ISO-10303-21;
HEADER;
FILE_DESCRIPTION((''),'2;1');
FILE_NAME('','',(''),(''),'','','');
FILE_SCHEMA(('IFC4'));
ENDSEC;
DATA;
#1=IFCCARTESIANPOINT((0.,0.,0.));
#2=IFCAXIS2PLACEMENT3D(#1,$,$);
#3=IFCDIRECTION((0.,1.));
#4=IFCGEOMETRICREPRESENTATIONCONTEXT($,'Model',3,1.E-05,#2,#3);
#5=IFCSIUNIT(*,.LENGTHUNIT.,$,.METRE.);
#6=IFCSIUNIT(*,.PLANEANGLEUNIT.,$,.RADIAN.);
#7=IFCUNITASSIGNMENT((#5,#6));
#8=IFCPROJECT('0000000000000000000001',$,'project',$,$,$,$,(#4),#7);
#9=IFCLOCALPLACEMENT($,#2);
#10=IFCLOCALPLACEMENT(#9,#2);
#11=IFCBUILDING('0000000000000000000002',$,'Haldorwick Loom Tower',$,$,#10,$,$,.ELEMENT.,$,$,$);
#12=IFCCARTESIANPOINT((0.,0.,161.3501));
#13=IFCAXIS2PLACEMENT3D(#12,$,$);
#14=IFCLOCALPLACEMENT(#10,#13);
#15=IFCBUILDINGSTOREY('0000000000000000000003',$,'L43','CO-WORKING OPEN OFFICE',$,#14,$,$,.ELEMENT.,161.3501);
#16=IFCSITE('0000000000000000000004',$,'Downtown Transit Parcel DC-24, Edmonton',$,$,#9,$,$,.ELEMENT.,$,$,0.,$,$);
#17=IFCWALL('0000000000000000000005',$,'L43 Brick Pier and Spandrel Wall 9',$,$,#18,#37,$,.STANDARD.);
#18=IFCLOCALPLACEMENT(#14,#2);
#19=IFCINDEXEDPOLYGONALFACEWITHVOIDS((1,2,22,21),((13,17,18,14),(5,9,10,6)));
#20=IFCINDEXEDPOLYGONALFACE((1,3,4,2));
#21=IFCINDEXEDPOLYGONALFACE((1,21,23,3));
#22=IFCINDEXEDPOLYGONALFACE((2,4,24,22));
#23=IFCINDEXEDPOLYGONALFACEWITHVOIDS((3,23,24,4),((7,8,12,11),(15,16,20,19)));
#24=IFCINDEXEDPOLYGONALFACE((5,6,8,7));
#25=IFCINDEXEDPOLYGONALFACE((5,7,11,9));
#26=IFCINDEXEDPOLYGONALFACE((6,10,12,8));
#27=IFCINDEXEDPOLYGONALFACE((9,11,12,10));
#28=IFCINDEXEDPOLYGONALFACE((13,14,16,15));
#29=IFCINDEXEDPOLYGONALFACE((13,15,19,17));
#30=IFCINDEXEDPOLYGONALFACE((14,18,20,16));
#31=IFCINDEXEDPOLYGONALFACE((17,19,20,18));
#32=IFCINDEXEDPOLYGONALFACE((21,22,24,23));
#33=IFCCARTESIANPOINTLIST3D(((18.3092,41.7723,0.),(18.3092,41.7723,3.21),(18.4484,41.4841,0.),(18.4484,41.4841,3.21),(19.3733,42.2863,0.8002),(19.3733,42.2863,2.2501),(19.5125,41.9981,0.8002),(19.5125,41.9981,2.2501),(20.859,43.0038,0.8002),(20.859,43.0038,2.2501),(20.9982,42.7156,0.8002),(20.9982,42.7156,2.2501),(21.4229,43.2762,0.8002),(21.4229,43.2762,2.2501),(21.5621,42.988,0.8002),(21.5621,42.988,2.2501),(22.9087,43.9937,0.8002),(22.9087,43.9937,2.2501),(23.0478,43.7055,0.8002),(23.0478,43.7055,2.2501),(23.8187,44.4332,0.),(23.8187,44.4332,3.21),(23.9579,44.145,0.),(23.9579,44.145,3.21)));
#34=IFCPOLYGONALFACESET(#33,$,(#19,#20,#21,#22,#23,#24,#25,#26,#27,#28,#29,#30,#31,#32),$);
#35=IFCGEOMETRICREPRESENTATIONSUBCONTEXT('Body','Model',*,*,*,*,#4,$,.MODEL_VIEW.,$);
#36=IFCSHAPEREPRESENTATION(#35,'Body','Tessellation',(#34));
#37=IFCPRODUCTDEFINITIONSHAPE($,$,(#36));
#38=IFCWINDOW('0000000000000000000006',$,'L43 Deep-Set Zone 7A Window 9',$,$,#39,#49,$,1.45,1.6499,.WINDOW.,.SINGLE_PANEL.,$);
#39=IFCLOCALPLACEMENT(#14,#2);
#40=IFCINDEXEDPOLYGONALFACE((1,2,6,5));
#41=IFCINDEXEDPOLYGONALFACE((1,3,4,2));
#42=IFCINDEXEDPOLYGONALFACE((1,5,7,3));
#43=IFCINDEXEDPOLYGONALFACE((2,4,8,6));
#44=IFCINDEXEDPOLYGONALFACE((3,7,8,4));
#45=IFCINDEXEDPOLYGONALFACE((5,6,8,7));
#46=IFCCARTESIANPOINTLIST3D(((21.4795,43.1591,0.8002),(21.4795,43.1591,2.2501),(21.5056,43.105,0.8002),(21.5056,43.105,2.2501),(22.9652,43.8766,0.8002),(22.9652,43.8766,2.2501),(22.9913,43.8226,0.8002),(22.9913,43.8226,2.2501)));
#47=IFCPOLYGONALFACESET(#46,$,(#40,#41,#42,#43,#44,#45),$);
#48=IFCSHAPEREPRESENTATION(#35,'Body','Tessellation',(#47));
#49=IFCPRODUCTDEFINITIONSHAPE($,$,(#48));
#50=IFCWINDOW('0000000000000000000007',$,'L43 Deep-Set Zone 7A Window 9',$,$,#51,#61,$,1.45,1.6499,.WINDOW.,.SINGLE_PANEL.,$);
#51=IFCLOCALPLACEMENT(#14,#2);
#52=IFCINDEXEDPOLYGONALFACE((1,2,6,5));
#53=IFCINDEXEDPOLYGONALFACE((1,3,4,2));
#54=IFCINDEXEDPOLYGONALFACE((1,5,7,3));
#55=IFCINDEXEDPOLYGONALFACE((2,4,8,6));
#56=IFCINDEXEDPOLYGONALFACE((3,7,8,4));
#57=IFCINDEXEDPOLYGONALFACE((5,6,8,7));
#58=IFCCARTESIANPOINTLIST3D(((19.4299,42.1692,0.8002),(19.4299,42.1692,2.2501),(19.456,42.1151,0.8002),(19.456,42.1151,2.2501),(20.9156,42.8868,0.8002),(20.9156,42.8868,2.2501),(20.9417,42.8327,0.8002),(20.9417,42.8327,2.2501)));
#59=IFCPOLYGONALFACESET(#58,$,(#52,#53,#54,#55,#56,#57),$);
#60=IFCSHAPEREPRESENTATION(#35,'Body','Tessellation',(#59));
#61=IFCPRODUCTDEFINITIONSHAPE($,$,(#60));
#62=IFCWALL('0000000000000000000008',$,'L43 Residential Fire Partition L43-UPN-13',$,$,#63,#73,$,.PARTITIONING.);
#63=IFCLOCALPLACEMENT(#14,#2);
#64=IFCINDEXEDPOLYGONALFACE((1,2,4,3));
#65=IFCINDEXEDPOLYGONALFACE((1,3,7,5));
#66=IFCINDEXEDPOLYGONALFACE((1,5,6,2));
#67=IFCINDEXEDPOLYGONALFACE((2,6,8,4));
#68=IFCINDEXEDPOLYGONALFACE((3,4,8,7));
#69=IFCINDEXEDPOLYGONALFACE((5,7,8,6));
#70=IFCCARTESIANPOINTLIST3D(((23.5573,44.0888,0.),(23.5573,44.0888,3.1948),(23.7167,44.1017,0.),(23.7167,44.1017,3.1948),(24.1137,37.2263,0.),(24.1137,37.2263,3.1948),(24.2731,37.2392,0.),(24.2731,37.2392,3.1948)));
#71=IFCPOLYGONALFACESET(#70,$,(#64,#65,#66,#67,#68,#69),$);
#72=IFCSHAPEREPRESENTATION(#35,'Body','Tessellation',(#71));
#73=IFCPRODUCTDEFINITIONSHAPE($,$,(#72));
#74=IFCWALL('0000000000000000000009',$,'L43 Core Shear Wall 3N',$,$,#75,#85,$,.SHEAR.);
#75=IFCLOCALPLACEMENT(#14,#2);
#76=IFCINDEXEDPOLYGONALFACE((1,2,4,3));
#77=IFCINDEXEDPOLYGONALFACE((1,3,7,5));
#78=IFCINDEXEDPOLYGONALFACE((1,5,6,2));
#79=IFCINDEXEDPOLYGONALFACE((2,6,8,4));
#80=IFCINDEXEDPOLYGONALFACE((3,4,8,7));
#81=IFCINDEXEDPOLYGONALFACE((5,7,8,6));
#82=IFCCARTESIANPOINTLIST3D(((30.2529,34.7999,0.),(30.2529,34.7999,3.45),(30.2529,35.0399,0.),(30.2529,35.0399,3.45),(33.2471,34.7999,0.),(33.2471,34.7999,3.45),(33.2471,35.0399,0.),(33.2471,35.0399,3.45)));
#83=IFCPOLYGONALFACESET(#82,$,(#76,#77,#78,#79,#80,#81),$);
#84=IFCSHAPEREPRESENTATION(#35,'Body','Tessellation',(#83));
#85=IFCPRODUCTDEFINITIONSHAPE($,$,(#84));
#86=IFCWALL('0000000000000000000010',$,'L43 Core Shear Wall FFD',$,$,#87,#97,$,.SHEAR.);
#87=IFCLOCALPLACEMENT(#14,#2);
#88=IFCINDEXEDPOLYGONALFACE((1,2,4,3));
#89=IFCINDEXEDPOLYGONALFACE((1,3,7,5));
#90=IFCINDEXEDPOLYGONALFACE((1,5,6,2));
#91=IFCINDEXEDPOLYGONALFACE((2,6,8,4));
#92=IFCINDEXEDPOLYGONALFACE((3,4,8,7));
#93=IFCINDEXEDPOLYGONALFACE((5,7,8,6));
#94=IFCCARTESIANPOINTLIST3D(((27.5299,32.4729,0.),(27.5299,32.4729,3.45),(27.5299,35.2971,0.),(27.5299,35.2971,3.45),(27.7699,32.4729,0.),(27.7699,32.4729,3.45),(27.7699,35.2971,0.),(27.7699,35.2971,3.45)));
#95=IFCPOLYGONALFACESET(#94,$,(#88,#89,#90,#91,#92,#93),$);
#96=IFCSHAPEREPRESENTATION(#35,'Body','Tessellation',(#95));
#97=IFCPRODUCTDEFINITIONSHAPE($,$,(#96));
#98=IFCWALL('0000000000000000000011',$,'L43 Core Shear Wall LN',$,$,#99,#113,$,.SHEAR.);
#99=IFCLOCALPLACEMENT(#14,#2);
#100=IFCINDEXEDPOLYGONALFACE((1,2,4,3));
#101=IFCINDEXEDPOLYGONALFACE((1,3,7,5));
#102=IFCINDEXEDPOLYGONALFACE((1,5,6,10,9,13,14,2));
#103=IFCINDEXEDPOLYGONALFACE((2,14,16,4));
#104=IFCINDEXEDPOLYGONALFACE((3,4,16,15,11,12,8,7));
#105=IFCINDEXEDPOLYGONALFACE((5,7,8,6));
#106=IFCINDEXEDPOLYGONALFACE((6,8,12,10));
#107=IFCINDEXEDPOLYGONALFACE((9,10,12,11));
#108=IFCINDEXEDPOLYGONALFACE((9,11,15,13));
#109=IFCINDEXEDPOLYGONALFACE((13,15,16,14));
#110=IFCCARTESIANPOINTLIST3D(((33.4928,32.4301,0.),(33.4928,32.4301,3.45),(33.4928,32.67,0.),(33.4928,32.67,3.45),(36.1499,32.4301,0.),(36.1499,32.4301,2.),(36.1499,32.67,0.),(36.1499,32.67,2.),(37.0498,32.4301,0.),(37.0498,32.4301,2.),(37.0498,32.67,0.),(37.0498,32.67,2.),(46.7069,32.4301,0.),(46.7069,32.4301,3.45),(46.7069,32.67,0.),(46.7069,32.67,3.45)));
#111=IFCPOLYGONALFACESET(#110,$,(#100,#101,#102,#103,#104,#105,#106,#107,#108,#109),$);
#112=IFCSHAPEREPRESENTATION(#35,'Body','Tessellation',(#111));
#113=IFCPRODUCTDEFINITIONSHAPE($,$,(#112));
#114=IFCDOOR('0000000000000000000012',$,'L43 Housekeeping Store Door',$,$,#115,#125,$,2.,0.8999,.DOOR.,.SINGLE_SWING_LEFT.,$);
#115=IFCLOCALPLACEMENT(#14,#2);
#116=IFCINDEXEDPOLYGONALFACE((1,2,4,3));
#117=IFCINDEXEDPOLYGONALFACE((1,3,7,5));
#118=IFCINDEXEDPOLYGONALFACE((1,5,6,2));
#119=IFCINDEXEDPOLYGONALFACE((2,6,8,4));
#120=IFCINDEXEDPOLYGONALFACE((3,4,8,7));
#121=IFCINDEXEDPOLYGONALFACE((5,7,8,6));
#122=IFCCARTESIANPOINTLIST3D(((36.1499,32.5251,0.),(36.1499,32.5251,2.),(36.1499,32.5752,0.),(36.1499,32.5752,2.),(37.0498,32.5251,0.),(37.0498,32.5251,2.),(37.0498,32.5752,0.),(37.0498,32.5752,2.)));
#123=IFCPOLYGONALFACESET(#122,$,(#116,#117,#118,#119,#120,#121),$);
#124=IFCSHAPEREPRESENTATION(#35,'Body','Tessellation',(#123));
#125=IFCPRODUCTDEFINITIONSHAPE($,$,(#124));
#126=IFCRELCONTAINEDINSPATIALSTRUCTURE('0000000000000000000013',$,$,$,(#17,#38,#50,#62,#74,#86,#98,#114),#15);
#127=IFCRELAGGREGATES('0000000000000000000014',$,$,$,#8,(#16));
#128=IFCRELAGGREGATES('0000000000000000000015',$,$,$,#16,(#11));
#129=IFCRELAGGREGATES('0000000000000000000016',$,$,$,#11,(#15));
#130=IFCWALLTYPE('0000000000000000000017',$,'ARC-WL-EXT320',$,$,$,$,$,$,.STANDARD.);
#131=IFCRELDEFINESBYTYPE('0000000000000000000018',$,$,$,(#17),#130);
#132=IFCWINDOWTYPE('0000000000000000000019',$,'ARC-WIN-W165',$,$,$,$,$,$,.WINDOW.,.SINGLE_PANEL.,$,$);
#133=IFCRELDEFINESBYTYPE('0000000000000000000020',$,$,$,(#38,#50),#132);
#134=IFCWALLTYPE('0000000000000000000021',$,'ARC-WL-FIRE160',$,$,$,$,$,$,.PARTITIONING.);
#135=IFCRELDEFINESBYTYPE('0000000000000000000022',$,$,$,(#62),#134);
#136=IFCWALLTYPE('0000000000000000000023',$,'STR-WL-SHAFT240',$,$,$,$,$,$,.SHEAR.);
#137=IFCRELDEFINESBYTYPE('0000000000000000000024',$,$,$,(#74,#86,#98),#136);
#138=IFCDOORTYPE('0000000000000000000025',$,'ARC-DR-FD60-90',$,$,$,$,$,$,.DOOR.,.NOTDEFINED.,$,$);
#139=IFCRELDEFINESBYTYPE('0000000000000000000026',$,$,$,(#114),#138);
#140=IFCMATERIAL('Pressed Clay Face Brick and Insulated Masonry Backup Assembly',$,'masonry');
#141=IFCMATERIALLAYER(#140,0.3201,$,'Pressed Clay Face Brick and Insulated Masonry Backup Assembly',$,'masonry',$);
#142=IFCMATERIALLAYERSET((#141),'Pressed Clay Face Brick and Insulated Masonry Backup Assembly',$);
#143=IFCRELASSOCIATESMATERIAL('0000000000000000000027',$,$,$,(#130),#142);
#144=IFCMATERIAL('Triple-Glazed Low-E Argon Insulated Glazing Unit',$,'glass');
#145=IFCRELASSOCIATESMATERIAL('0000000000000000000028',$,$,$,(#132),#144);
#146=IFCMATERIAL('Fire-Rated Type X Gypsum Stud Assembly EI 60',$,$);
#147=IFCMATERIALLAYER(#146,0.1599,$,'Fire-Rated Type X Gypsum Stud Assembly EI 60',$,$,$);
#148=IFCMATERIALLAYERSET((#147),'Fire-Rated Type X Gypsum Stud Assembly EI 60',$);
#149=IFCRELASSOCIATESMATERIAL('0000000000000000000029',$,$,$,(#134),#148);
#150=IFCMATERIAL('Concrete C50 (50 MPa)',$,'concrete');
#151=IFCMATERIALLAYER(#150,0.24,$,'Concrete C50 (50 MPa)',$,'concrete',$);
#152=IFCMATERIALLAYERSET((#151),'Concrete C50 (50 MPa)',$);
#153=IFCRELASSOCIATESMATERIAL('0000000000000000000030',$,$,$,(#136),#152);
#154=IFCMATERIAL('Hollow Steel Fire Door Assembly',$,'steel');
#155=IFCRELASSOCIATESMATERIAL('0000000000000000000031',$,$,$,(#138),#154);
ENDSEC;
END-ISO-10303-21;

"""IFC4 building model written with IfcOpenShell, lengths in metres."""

from ifc_helpers import new_model, si_unit, direction, frame, frame_2d, origin, place, context, subcontext, project, spatial, rectangle, extrude, material, layer, layer_set, type_object, element, fill, save


model = new_model("IFC4")

# Units and contexts
model_context = context("Model", 3, precision=1e-05, world=origin(), true_north=direction((0.0, 1.0)))
body_context = subcontext(model_context, "Body", "Model", "MODEL_VIEW")
ifc_project = project(units=[si_unit("LENGTHUNIT", "METRE"), si_unit("PLANEANGLEUNIT", "RADIAN")], contexts=[model_context])

# Site, building, storey
site_placement = place(None, origin())
site = spatial("IfcSite", under=ifc_project, at=site_placement, Name="Downtown Transit Parcel DC-24, Edmonton", CompositionType="ELEMENT", RefElevation=0.0)
building_placement = place(site_placement, origin())
building = spatial("IfcBuilding", under=site, at=building_placement, Name="Haldorwick Loom Tower", CompositionType="ELEMENT")
storey_placement = place(building_placement, frame((0.0, 0.0, 161.3501)))
storey = spatial("IfcBuildingStorey", under=building, at=storey_placement, Name="L43", Description="CO-WORKING OPEN OFFICE", CompositionType="ELEMENT", Elevation=161.3501)

# Shared definitions
ifc_material_1 = material(Name="Pressed Clay Face Brick and Insulated Masonry Backup Assembly", Category="masonry")
ifc_layer_1 = layer(ifc_material_1, 0.3201, Name="Pressed Clay Face Brick and Insulated Masonry Backup Assembly", Category="masonry")
ifc_layer_set_1 = layer_set([ifc_layer_1], Name="Pressed Clay Face Brick and Insulated Masonry Backup Assembly")
wall_type_1 = type_object("IfcWallType", Name="ARC-WL-EXT320", PredefinedType="STANDARD", material=ifc_layer_set_1)

# Wall, openings, windows
wall_1_placement = place(storey_placement, frame((23.8882, 44.2891, 0.0), z_axis=(0.0, 0.0, 1.0), x_axis=(-0.90048, -0.434897, 0.0)))
wall_1 = element("IfcWall", 1, at=wall_1_placement, inside=storey, type_object=wall_type_1, Name="L43 Brick Pier and Spandrel Wall 9", PredefinedType="STANDARD", context=body_context, shape_type="SweptSolid", body=[
    extrude(rectangle(XDim=6.1184, YDim=0.3201, at=frame_2d((3.0591, 0.0))), origin(), (0.0, 0.0, 1.0), 3.21),
])
opening_1_placement = place(wall_1_placement, frame((1.0105, 0.0, 0.8)))
opening_1 = element("IfcOpeningElement", 2, at=opening_1_placement, cuts=wall_1, PredefinedType="OPENING", context=body_context, shape_type="SweptSolid", body=[
    extrude(rectangle(XDim=1.6499, YDim=1.45, at=frame_2d((0.825, 0.7251))), frame((0.0, 0.1699, 0.0), z_axis=(0.0, -1.0, 0.0), x_axis=(1.0, 0.0, 0.0)), (0.0, 0.0, 1.0), 0.3401),
])
opening_2_placement = place(wall_1_placement, frame((3.2866, 0.0, 0.8)))
opening_2 = element("IfcOpeningElement", 3, at=opening_2_placement, cuts=wall_1, PredefinedType="OPENING", context=body_context, shape_type="SweptSolid", body=[
    extrude(rectangle(XDim=1.6499, YDim=1.45, at=frame_2d((0.825, 0.7251))), frame((0.0, 0.1699, 0.0), z_axis=(0.0, -1.0, 0.0), x_axis=(1.0, 0.0, 0.0)), (0.0, 0.0, 1.0), 0.3401),
])
ifc_material_2 = material(Name="Triple-Glazed Low-E Argon Insulated Glazing Unit", Category="glass")
window_type = type_object("IfcWindowType", Name="ARC-WIN-W165", PartitioningType="SINGLE_PANEL", PredefinedType="WINDOW", material=ifc_material_2)
window_1_placement = place(opening_1_placement, origin())
window_1 = element("IfcWindow", 4, at=window_1_placement, inside=storey, type_object=window_type, Name="L43 Deep-Set Zone 7A Window 9", OverallHeight=1.45, OverallWidth=1.6499, PartitioningType="SINGLE_PANEL", PredefinedType="WINDOW", context=body_context, shape_type="SweptSolid", body=[
    extrude(rectangle(XDim=1.6499, YDim=1.45, at=frame_2d((0.825, 0.7251))), frame((0.0, 0.03, 0.0), z_axis=(0.0, -1.0, 0.0), x_axis=(1.0, 0.0, 0.0)), (0.0, 0.0, 1.0), 0.0601),
])
fill(opening_1, window_1)
window_2_placement = place(opening_2_placement, origin())
window_2 = element("IfcWindow", 5, at=window_2_placement, inside=storey, type_object=window_type, Name="L43 Deep-Set Zone 7A Window 9", OverallHeight=1.45, OverallWidth=1.6499, PartitioningType="SINGLE_PANEL", PredefinedType="WINDOW", context=body_context, shape_type="SweptSolid", body=[
    extrude(rectangle(XDim=1.6499, YDim=1.45, at=frame_2d((0.825, 0.7251))), frame((0.0, 0.03, 0.0), z_axis=(0.0, -1.0, 0.0), x_axis=(1.0, 0.0, 0.0)), (0.0, 0.0, 1.0), 0.0601),
])
fill(opening_2, window_2)

# Walls
ifc_material_3 = material(Name="Fire-Rated Type X Gypsum Stud Assembly EI 60")
ifc_layer_2 = layer(ifc_material_3, 0.1599, Name="Fire-Rated Type X Gypsum Stud Assembly EI 60")
ifc_layer_set_2 = layer_set([ifc_layer_2], Name="Fire-Rated Type X Gypsum Stud Assembly EI 60")
wall_type_2 = type_object("IfcWallType", Name="ARC-WL-FIRE160", PredefinedType="PARTITIONING", material=ifc_layer_set_2)
wall_2_placement = place(storey_placement, frame((24.1934, 37.2329, 0.0), z_axis=(0.0, 0.0, 1.0), x_axis=(-0.080812, 0.996729, 0.0)))
element("IfcWall", 6, at=wall_2_placement, inside=storey, type_object=wall_type_2, Name="L43 Residential Fire Partition L43-UPN-13", PredefinedType="PARTITIONING", context=body_context, shape_type="SweptSolid", body=[
    extrude(rectangle(XDim=6.885, YDim=0.1599, at=frame_2d((3.4424, 0.0))), origin(), (0.0, 0.0, 1.0), 3.1948),
])
ifc_material_4 = material(Name="Concrete C50 (50 MPa)", Category="concrete")
ifc_layer_3 = layer(ifc_material_4, 0.24, Name="Concrete C50 (50 MPa)", Category="concrete")
ifc_layer_set_3 = layer_set([ifc_layer_3], Name="Concrete C50 (50 MPa)")
wall_type_3 = type_object("IfcWallType", Name="STR-WL-SHAFT240", PredefinedType="SHEAR", material=ifc_layer_set_3)
wall_3_placement = place(storey_placement, frame((30.2529, 34.9199, 0.0), z_axis=(0.0, 0.0, 1.0), x_axis=(1.0, 0.0, 0.0)))
element("IfcWall", 7, at=wall_3_placement, inside=storey, type_object=wall_type_3, Name="L43 Core Shear Wall 3N", PredefinedType="SHEAR", context=body_context, shape_type="SweptSolid", body=[
    extrude(rectangle(XDim=2.9941, YDim=0.24, at=frame_2d((1.4971, 0.0))), origin(), (0.0, 0.0, 1.0), 3.45),
])
wall_4_placement = place(storey_placement, frame((27.6499, 32.4729, 0.0), z_axis=(0.0, 0.0, 1.0), x_axis=(0.0, 1.0, 0.0)))
element("IfcWall", 8, at=wall_4_placement, inside=storey, type_object=wall_type_3, Name="L43 Core Shear Wall FFD", PredefinedType="SHEAR", context=body_context, shape_type="SweptSolid", body=[
    extrude(rectangle(XDim=2.8242, YDim=0.24, at=frame_2d((1.4121, 0.0))), origin(), (0.0, 0.0, 1.0), 3.45),
])

# Wall, opening, door
wall_5_placement = place(storey_placement, frame((33.4929, 32.55, 0.0), z_axis=(0.0, 0.0, 1.0), x_axis=(1.0, 0.0, 0.0)))
wall_5 = element("IfcWall", 9, at=wall_5_placement, inside=storey, type_object=wall_type_3, Name="L43 Core Shear Wall LN", PredefinedType="SHEAR", context=body_context, shape_type="SweptSolid", body=[
    extrude(rectangle(XDim=13.2141, YDim=0.24, at=frame_2d((6.6069, 0.0))), origin(), (0.0, 0.0, 1.0), 3.45),
])
opening_3_placement = place(wall_5_placement, frame((2.657, 0.0, 0.0)))
opening_3 = element("IfcOpeningElement", 10, at=opening_3_placement, cuts=wall_5, PredefinedType="OPENING", context=body_context, shape_type="SweptSolid", body=[
    extrude(rectangle(XDim=0.8999, YDim=2.0, at=frame_2d((0.45, 1.0))), frame((0.0, 0.1299, 0.0), z_axis=(0.0, -1.0, 0.0), x_axis=(1.0, 0.0, 0.0)), (0.0, 0.0, 1.0), 0.26),
])
ifc_material_5 = material(Name="Hollow Steel Fire Door Assembly", Category="steel")
door_type = type_object("IfcDoorType", Name="ARC-DR-FD60-90", OperationType="NOTDEFINED", PredefinedType="DOOR", material=ifc_material_5)
door_placement = place(opening_3_placement, frame((0.8999, 0.0, 0.0), z_axis=(0.0, 0.0, 1.0), x_axis=(-1.0, 0.0, 0.0)))
door = element("IfcDoor", 11, at=door_placement, inside=storey, type_object=door_type, Name="L43 Housekeeping Store Door", OperationType="SINGLE_SWING_LEFT", OverallHeight=2.0, OverallWidth=0.8999, PredefinedType="DOOR", context=body_context, shape_type="SweptSolid", body=[
    extrude(rectangle(XDim=0.8999, YDim=2.0, at=frame_2d((0.45, 1.0))), frame((0.0, 0.0249, 0.0), z_axis=(0.0, -1.0, 0.0), x_axis=(1.0, 0.0, 0.0)), (0.0, 0.0, 1.0), 0.05),
])
fill(opening_3, door)

save(model, "model.ifc")
